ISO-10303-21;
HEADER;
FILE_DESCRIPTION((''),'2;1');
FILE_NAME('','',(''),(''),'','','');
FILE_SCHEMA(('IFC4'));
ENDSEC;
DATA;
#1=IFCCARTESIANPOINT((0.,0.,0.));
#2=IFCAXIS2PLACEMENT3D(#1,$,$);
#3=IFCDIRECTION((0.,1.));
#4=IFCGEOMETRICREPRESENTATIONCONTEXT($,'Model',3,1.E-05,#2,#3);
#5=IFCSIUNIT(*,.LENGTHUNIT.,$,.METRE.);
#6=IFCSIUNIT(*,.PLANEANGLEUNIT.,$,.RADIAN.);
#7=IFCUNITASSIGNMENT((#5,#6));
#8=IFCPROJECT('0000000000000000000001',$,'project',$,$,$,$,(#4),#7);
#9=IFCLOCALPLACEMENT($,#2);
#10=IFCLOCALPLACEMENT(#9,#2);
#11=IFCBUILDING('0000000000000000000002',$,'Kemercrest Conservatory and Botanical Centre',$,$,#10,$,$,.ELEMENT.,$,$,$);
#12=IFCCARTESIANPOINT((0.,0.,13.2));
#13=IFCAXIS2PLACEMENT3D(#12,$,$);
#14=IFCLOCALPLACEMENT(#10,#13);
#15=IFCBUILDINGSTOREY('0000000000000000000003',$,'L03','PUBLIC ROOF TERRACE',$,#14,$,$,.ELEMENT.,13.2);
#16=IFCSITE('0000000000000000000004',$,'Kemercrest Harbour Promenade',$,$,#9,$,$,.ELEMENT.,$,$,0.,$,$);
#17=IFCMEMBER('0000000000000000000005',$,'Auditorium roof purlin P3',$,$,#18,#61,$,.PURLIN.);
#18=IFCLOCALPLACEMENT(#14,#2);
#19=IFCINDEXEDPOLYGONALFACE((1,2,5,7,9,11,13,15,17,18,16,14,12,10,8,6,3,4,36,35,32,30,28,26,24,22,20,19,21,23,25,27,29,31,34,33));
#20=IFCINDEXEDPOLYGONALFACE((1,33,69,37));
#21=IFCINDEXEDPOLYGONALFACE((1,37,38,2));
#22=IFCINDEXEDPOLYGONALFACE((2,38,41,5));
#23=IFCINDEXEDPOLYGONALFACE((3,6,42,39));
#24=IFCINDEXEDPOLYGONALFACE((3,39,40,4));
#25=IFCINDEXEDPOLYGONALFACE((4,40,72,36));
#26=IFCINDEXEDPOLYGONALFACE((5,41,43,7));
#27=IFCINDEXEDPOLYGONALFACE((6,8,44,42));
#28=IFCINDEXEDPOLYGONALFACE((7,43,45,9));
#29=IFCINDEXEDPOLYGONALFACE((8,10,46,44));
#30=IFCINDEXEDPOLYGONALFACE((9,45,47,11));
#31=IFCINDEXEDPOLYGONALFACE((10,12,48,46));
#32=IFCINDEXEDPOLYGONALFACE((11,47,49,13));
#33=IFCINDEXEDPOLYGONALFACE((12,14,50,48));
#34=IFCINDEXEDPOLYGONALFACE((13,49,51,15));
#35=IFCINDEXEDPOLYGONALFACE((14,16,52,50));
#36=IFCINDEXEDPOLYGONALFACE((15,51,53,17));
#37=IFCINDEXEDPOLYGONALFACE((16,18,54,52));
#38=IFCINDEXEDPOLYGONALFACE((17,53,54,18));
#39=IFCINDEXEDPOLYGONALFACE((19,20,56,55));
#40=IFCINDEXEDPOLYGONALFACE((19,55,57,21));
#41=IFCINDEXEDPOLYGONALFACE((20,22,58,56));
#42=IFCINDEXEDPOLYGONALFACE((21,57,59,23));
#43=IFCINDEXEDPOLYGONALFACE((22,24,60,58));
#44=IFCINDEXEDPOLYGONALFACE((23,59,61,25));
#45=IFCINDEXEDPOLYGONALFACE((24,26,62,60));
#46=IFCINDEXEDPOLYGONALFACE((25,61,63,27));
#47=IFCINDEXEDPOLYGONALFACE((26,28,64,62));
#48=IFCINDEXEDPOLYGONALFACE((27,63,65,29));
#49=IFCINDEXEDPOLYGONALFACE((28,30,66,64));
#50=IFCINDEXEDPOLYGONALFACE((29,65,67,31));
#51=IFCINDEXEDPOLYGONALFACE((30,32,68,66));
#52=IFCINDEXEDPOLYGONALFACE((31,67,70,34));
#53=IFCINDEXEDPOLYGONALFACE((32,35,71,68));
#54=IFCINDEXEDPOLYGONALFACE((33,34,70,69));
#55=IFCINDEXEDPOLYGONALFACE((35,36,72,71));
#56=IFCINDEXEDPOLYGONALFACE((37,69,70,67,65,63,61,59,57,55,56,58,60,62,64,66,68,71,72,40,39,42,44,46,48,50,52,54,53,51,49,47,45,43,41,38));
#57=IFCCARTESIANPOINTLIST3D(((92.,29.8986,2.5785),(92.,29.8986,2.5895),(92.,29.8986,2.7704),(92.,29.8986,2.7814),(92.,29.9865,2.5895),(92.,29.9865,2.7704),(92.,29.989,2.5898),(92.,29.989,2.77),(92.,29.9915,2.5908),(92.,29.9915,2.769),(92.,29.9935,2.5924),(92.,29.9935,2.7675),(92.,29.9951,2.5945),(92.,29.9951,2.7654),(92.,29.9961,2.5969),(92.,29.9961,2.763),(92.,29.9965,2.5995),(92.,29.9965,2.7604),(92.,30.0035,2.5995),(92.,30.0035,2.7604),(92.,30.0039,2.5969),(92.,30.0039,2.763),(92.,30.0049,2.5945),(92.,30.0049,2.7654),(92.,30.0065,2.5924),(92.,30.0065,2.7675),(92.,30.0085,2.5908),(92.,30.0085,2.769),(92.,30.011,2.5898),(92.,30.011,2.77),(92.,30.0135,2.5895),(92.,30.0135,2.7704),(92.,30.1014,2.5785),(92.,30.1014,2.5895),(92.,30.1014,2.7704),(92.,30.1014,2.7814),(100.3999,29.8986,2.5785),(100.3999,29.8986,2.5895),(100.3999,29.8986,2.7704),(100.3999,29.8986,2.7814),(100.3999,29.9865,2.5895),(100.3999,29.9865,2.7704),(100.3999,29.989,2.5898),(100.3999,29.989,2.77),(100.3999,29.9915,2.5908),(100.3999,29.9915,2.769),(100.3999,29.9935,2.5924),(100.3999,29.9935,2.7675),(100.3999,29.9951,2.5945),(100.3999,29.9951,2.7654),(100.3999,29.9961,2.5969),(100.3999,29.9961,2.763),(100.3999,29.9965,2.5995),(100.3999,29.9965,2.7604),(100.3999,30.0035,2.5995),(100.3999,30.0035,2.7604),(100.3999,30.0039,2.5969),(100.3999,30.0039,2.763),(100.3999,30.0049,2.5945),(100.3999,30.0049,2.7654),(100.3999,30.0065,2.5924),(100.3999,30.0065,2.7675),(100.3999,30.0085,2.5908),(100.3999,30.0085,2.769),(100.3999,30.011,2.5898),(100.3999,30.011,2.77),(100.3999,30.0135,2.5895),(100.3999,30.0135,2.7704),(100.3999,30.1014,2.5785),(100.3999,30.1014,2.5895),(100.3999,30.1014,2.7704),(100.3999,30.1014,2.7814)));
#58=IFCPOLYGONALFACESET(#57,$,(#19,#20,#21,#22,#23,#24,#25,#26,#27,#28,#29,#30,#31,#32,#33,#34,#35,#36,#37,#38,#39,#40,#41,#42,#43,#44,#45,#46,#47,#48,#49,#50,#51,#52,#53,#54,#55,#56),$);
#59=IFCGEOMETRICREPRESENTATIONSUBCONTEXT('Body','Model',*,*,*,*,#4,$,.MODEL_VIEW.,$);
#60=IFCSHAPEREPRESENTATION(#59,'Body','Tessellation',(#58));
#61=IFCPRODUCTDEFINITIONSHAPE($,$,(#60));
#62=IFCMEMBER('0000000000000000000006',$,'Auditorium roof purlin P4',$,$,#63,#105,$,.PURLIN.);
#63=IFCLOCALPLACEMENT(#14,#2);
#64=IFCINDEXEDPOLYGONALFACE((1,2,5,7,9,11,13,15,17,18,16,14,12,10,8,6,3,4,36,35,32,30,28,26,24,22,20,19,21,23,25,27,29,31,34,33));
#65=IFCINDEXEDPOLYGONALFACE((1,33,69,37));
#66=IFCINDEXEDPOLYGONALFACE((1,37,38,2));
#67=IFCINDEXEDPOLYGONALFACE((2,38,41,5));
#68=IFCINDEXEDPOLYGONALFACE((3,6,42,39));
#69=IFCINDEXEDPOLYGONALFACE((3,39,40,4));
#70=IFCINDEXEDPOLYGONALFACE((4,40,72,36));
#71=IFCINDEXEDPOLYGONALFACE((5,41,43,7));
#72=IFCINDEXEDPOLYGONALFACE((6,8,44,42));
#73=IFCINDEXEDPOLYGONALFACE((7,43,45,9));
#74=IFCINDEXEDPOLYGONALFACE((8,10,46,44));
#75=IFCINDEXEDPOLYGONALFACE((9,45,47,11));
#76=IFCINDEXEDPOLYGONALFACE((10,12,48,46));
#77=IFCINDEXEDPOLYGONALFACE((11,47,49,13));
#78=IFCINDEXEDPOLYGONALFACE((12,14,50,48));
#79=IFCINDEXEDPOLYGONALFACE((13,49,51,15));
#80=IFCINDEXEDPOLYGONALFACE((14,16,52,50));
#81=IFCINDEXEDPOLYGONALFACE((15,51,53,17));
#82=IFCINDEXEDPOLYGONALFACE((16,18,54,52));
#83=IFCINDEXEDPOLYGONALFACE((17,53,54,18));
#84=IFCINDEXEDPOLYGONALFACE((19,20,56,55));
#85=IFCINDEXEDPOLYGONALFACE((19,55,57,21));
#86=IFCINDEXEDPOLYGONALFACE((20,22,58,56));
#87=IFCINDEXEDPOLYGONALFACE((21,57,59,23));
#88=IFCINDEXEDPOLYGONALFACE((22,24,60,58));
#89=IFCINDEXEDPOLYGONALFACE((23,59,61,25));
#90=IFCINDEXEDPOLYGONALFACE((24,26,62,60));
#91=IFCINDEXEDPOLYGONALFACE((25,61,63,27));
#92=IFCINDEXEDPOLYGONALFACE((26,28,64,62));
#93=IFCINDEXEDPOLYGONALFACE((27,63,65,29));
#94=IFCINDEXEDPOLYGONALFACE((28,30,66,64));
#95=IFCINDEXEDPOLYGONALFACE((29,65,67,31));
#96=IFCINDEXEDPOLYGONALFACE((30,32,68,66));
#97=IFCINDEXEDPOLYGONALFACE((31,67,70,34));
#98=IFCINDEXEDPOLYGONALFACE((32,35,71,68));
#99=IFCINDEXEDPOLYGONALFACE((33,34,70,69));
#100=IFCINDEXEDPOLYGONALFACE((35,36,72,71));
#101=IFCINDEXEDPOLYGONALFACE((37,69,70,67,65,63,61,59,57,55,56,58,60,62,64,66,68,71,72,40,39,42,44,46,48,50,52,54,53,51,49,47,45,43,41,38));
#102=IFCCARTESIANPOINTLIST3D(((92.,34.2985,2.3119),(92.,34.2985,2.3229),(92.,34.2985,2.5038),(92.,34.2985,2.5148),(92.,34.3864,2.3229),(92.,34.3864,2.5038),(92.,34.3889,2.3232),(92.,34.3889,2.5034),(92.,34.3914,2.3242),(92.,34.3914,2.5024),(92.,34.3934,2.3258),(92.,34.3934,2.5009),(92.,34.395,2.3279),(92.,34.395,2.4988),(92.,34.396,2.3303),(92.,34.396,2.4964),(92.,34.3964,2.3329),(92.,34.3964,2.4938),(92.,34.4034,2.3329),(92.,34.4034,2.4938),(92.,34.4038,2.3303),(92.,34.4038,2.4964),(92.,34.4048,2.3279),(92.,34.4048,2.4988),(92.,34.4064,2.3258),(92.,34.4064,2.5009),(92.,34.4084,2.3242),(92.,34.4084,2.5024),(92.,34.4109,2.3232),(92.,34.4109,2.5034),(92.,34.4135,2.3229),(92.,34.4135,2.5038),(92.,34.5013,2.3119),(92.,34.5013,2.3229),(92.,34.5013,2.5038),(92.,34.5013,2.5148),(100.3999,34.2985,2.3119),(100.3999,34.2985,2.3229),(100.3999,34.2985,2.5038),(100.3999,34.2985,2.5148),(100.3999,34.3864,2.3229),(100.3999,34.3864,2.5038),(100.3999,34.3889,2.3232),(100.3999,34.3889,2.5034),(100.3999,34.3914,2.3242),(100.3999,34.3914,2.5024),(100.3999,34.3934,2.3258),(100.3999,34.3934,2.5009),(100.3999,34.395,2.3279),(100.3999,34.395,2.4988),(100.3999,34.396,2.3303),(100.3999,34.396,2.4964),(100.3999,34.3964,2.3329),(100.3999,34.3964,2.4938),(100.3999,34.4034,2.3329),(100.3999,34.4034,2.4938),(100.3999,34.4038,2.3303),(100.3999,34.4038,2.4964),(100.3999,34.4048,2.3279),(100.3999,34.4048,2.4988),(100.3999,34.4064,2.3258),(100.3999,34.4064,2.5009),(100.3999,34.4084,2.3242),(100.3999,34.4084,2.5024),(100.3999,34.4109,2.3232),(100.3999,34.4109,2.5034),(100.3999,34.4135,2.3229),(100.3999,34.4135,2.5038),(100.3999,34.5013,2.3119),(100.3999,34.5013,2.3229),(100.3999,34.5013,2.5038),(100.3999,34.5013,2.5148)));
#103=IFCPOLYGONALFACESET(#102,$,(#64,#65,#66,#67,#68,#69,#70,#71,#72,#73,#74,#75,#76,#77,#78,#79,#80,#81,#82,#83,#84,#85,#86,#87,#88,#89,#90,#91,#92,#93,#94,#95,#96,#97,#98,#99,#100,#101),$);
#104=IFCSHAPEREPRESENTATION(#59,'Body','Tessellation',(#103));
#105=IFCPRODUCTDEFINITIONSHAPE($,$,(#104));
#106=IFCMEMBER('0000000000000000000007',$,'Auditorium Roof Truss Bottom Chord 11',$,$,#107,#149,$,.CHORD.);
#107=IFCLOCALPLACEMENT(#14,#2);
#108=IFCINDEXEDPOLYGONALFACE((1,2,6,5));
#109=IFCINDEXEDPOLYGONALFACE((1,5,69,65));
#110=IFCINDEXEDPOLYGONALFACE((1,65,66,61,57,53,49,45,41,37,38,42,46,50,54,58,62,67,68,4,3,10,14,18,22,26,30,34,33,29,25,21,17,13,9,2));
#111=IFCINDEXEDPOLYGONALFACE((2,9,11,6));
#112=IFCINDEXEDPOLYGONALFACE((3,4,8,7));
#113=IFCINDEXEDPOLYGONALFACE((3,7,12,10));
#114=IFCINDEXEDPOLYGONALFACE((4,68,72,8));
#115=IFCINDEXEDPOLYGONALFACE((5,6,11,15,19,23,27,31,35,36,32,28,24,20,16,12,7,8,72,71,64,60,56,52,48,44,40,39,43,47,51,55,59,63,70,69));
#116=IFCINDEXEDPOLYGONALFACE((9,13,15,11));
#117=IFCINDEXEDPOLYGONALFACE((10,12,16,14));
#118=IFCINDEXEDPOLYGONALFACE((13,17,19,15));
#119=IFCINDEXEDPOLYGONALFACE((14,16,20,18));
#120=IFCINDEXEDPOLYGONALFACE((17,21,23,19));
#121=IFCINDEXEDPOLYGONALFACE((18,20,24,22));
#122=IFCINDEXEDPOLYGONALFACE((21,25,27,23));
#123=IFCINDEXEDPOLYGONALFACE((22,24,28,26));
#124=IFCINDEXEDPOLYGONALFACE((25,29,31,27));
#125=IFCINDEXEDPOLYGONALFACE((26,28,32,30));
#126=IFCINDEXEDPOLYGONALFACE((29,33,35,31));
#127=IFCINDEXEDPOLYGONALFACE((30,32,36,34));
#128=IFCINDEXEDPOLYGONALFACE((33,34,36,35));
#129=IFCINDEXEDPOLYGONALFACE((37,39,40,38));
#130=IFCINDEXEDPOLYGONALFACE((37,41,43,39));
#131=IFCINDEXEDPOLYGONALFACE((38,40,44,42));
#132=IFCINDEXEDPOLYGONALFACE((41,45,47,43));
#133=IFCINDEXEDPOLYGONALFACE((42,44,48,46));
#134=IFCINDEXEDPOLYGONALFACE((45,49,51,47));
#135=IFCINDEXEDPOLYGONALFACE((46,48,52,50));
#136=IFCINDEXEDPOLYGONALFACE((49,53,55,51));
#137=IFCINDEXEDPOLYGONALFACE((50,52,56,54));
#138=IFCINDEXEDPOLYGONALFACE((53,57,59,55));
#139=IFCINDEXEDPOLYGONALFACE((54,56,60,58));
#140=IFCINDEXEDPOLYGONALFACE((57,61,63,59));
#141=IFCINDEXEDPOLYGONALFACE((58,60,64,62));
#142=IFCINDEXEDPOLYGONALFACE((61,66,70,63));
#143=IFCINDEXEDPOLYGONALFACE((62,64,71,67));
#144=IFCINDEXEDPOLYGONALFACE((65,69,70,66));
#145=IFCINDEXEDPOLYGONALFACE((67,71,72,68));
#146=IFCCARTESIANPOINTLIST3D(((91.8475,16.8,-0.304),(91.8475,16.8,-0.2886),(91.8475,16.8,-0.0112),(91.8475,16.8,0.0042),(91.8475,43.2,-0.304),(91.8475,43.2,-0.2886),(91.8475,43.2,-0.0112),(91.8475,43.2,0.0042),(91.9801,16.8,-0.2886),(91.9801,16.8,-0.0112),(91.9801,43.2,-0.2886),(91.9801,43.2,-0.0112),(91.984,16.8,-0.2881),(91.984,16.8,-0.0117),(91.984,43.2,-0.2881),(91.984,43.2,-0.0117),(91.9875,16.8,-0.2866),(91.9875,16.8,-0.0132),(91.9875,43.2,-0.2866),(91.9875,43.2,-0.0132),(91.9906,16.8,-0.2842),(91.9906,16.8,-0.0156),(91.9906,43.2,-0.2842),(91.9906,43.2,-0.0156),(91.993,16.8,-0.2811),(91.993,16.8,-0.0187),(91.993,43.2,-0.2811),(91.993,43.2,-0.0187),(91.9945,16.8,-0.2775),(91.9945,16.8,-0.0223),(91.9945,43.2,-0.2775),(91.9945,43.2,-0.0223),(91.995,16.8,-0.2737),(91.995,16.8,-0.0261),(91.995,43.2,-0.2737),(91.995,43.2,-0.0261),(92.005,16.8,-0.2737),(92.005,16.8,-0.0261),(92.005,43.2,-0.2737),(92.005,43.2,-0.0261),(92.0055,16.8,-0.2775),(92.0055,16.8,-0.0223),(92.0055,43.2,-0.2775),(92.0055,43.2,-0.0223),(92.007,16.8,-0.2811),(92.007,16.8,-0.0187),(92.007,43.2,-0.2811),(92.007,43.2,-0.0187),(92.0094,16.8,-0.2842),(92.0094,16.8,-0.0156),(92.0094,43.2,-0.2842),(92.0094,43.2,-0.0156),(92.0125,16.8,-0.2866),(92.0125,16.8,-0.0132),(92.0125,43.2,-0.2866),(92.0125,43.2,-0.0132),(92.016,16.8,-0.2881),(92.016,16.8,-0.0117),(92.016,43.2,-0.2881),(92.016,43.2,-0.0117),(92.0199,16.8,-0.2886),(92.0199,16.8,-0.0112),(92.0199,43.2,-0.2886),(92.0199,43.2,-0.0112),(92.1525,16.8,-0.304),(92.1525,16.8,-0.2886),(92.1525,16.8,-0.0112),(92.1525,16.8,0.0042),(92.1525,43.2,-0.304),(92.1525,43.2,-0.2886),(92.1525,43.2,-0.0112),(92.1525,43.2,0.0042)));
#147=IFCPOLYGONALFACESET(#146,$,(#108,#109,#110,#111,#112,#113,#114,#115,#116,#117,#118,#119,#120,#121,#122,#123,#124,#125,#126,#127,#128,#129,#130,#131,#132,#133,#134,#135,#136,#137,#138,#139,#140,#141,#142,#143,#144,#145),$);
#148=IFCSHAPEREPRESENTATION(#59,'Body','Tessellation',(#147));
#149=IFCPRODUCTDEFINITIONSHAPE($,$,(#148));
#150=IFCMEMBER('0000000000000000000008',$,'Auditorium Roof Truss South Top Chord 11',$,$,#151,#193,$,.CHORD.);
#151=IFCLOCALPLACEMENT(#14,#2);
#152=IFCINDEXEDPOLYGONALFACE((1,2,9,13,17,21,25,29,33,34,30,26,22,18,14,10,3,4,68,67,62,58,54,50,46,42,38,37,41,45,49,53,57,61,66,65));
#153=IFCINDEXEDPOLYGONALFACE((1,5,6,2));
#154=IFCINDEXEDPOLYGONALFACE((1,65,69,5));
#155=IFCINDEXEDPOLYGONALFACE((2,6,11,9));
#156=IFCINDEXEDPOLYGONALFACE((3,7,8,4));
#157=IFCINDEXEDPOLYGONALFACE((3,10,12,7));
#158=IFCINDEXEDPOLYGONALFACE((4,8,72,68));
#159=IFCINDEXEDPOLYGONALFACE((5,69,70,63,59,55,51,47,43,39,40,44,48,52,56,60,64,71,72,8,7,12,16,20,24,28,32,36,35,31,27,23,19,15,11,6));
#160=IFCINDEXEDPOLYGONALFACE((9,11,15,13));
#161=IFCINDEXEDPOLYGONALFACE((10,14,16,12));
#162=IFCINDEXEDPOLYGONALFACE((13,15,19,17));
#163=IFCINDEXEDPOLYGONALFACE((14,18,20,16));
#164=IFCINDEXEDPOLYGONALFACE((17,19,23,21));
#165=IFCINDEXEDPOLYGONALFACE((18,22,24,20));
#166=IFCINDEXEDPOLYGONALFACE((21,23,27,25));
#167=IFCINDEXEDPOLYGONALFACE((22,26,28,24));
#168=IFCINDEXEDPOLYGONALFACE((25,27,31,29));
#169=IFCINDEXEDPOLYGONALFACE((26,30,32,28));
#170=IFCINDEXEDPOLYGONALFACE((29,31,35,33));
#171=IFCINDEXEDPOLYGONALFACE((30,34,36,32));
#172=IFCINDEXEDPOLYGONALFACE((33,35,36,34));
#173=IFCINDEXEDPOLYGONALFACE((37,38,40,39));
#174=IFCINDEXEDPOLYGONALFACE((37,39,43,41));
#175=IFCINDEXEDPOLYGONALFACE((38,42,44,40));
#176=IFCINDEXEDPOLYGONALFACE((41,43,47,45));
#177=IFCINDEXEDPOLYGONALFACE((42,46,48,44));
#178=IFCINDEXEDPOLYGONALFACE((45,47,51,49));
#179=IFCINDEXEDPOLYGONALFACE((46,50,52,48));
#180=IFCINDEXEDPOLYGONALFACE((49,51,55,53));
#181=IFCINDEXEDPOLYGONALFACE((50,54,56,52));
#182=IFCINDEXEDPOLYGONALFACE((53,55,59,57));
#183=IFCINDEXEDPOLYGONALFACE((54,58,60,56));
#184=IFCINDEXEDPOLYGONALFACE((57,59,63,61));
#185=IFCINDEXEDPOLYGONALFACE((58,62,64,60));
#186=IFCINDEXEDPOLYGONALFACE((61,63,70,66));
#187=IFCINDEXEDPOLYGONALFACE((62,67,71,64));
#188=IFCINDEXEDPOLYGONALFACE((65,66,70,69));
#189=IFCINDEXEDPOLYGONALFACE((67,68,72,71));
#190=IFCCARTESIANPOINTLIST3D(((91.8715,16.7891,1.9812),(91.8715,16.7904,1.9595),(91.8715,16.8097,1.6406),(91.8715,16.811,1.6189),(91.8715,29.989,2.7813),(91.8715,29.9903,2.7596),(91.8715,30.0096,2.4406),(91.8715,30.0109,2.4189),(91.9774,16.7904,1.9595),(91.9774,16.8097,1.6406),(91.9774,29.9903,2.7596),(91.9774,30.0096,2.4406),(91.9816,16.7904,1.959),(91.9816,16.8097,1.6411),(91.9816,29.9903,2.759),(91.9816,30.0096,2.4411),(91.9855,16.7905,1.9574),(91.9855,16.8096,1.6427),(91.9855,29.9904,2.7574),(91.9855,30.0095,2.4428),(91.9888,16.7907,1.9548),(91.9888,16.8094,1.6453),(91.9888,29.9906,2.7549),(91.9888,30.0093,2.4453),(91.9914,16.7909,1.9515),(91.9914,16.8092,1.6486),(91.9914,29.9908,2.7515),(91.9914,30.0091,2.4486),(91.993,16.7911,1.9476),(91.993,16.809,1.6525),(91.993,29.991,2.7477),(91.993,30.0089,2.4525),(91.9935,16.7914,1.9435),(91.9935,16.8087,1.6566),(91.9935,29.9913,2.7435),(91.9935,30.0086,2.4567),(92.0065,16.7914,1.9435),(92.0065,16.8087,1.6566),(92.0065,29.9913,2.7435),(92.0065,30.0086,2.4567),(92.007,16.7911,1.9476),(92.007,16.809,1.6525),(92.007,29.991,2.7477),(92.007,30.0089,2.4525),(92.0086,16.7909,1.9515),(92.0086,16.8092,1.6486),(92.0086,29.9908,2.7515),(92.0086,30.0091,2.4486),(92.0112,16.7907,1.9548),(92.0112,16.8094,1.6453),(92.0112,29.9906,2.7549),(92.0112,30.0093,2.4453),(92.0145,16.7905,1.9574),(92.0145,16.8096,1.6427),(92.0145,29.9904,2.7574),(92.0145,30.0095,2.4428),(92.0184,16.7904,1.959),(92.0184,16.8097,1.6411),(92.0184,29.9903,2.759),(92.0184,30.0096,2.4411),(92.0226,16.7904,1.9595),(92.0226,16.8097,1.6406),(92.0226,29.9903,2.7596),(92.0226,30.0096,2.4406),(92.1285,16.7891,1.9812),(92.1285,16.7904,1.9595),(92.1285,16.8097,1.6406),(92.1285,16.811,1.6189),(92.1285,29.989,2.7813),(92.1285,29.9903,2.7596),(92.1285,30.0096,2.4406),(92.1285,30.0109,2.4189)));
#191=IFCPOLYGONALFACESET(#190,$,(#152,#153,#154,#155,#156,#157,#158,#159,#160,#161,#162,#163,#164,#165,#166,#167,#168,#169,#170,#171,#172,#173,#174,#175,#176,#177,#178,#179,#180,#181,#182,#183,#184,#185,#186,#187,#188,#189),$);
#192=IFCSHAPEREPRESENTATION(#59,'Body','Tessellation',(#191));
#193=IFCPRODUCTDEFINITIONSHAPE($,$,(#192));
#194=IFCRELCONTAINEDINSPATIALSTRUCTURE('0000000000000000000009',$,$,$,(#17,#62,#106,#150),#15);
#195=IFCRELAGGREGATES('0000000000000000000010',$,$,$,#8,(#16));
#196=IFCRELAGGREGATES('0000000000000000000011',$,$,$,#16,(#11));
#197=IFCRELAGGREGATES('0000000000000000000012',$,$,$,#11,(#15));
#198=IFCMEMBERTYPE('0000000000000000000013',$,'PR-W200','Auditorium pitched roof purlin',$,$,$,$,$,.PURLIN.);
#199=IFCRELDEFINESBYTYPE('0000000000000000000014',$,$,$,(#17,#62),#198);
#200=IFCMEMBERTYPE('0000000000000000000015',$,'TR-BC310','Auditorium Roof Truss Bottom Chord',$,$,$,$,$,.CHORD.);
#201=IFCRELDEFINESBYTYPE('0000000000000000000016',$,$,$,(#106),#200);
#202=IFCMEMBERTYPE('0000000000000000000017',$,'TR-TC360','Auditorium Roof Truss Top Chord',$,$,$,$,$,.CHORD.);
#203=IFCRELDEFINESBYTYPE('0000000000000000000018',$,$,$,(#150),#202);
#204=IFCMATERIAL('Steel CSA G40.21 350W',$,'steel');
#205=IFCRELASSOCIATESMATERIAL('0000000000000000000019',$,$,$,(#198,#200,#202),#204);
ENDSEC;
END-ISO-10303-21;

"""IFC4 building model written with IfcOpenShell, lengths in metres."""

from ifc_helpers import new_model, si_unit, direction, frame, origin, origin_2d, place, context, subcontext, project, spatial, i_section, extrude, material, material_profile, profile_set, type_object, element, save


model = new_model("IFC4")

# Units and contexts
model_context = context("Model", 3, precision=1e-05, world=origin(), true_north=direction((0.0, 1.0)))
body_context = subcontext(model_context, "Body", "Model", "MODEL_VIEW")
ifc_project = project(units=[si_unit("LENGTHUNIT", "METRE"), si_unit("PLANEANGLEUNIT", "RADIAN")], contexts=[model_context])

# Site, building, storey
site_placement = place(None, origin())
site = spatial("IfcSite", under=ifc_project, at=site_placement, Name="Kemercrest Harbour Promenade", CompositionType="ELEMENT", RefElevation=0.0)
building_placement = place(site_placement, origin())
building = spatial("IfcBuilding", under=site, at=building_placement, Name="Kemercrest Conservatory and Botanical Centre", CompositionType="ELEMENT")
storey_placement = place(building_placement, frame((0.0, 0.0, 13.2)))
storey = spatial("IfcBuildingStorey", under=building, at=storey_placement, Name="L03", Description="PUBLIC ROOF TERRACE", CompositionType="ELEMENT", Elevation=13.2)

# Members
ifc_material = material(Name="Steel CSA G40.21 350W", Category="steel")
ifc_material_profile_1 = material_profile(ifc_material, i_section(OverallWidth=0.2029, OverallDepth=0.2029, WebThickness=0.0071, FlangeThickness=0.011, FilletRadius=0.01, at=origin_2d()), Name="W200X46")
ifc_profile_set_1 = profile_set([ifc_material_profile_1], Name="Steel CSA G40.21 350W")
member_type_1 = type_object("IfcMemberType", Name="PR-W200", Description="Auditorium pitched roof purlin", PredefinedType="PURLIN", material=ifc_profile_set_1)
for number, where, z_axis, x_axis, name in (
    (1, (92.0, 30.0, 2.6799), (1.0, 0.0, 0.0), (0.0, 1.0, 0.0), "Auditorium roof purlin P3"),
    (2, (92.0, 34.3999, 2.4133), (1.0, 0.0, 0.0), (0.0, 1.0, 0.0), "Auditorium roof purlin P4"),
):
    element("IfcMember", number, at=place(storey_placement, frame(where, z_axis=z_axis, x_axis=x_axis)), inside=storey, type_object=member_type_1, Name=name, PredefinedType="PURLIN", context=body_context, shape_type="SweptSolid", body=[
        extrude(i_section(OverallWidth=0.2029, OverallDepth=0.2029, WebThickness=0.0071, FlangeThickness=0.011, FilletRadius=0.01, at=origin_2d()), origin(), (0.0, 0.0, 1.0), 8.3999),
    ])
ifc_material_profile_2 = material_profile(ifc_material, i_section(OverallWidth=0.3049, OverallDepth=0.3081, WebThickness=0.01, FlangeThickness=0.0154, FilletRadius=0.0149, at=origin_2d()), Name="W310X97")
ifc_profile_set_2 = profile_set([ifc_material_profile_2], Name="Steel CSA G40.21 350W")
member_type_2 = type_object("IfcMemberType", Name="TR-BC310", Description="Auditorium Roof Truss Bottom Chord", PredefinedType="CHORD", material=ifc_profile_set_2)
member_1_placement = place(storey_placement, frame((92.0, 16.8, -0.1499), z_axis=(0.0, 1.0, 0.0), x_axis=(-1.0, 0.0, 0.0)))
element("IfcMember", 3, at=member_1_placement, inside=storey, type_object=member_type_2, Name="Auditorium Roof Truss Bottom Chord 11", PredefinedType="CHORD", context=body_context, shape_type="SweptSolid", body=[
    extrude(i_section(OverallWidth=0.3049, OverallDepth=0.3081, WebThickness=0.01, FlangeThickness=0.0154, FilletRadius=0.0149, at=origin_2d()), origin(), (0.0, 0.0, 1.0), 26.3999),
])
ifc_material_profile_3 = material_profile(ifc_material, i_section(OverallWidth=0.2571, OverallDepth=0.363, WebThickness=0.0129, FlangeThickness=0.0217, FilletRadius=0.0161, at=origin_2d()), Name="W360X122")
ifc_profile_set_3 = profile_set([ifc_material_profile_3], Name="Steel CSA G40.21 350W")
member_type_3 = type_object("IfcMemberType", Name="TR-TC360", Description="Auditorium Roof Truss Top Chord", PredefinedType="CHORD", material=ifc_profile_set_3)
for number, where, z_axis, x_axis, name in (
    (4, (92.0, 16.8, 1.8), (0.0, 0.998168, 0.060499), (-1.0, 0.0, 0.0), "Auditorium Roof Truss South Top Chord 11"),
):
    element("IfcMember", number, at=place(storey_placement, frame(where, z_axis=z_axis, x_axis=x_axis)), inside=storey, type_object=member_type_3, Name=name, PredefinedType="CHORD", context=body_context, shape_type="SweptSolid", body=[
        extrude(i_section(OverallWidth=0.2571, OverallDepth=0.363, WebThickness=0.0129, FlangeThickness=0.0217, FilletRadius=0.0161, at=origin_2d()), origin(), (0.0, 0.0, 1.0), 13.2241),
    ])

save(model, "model.ifc")
